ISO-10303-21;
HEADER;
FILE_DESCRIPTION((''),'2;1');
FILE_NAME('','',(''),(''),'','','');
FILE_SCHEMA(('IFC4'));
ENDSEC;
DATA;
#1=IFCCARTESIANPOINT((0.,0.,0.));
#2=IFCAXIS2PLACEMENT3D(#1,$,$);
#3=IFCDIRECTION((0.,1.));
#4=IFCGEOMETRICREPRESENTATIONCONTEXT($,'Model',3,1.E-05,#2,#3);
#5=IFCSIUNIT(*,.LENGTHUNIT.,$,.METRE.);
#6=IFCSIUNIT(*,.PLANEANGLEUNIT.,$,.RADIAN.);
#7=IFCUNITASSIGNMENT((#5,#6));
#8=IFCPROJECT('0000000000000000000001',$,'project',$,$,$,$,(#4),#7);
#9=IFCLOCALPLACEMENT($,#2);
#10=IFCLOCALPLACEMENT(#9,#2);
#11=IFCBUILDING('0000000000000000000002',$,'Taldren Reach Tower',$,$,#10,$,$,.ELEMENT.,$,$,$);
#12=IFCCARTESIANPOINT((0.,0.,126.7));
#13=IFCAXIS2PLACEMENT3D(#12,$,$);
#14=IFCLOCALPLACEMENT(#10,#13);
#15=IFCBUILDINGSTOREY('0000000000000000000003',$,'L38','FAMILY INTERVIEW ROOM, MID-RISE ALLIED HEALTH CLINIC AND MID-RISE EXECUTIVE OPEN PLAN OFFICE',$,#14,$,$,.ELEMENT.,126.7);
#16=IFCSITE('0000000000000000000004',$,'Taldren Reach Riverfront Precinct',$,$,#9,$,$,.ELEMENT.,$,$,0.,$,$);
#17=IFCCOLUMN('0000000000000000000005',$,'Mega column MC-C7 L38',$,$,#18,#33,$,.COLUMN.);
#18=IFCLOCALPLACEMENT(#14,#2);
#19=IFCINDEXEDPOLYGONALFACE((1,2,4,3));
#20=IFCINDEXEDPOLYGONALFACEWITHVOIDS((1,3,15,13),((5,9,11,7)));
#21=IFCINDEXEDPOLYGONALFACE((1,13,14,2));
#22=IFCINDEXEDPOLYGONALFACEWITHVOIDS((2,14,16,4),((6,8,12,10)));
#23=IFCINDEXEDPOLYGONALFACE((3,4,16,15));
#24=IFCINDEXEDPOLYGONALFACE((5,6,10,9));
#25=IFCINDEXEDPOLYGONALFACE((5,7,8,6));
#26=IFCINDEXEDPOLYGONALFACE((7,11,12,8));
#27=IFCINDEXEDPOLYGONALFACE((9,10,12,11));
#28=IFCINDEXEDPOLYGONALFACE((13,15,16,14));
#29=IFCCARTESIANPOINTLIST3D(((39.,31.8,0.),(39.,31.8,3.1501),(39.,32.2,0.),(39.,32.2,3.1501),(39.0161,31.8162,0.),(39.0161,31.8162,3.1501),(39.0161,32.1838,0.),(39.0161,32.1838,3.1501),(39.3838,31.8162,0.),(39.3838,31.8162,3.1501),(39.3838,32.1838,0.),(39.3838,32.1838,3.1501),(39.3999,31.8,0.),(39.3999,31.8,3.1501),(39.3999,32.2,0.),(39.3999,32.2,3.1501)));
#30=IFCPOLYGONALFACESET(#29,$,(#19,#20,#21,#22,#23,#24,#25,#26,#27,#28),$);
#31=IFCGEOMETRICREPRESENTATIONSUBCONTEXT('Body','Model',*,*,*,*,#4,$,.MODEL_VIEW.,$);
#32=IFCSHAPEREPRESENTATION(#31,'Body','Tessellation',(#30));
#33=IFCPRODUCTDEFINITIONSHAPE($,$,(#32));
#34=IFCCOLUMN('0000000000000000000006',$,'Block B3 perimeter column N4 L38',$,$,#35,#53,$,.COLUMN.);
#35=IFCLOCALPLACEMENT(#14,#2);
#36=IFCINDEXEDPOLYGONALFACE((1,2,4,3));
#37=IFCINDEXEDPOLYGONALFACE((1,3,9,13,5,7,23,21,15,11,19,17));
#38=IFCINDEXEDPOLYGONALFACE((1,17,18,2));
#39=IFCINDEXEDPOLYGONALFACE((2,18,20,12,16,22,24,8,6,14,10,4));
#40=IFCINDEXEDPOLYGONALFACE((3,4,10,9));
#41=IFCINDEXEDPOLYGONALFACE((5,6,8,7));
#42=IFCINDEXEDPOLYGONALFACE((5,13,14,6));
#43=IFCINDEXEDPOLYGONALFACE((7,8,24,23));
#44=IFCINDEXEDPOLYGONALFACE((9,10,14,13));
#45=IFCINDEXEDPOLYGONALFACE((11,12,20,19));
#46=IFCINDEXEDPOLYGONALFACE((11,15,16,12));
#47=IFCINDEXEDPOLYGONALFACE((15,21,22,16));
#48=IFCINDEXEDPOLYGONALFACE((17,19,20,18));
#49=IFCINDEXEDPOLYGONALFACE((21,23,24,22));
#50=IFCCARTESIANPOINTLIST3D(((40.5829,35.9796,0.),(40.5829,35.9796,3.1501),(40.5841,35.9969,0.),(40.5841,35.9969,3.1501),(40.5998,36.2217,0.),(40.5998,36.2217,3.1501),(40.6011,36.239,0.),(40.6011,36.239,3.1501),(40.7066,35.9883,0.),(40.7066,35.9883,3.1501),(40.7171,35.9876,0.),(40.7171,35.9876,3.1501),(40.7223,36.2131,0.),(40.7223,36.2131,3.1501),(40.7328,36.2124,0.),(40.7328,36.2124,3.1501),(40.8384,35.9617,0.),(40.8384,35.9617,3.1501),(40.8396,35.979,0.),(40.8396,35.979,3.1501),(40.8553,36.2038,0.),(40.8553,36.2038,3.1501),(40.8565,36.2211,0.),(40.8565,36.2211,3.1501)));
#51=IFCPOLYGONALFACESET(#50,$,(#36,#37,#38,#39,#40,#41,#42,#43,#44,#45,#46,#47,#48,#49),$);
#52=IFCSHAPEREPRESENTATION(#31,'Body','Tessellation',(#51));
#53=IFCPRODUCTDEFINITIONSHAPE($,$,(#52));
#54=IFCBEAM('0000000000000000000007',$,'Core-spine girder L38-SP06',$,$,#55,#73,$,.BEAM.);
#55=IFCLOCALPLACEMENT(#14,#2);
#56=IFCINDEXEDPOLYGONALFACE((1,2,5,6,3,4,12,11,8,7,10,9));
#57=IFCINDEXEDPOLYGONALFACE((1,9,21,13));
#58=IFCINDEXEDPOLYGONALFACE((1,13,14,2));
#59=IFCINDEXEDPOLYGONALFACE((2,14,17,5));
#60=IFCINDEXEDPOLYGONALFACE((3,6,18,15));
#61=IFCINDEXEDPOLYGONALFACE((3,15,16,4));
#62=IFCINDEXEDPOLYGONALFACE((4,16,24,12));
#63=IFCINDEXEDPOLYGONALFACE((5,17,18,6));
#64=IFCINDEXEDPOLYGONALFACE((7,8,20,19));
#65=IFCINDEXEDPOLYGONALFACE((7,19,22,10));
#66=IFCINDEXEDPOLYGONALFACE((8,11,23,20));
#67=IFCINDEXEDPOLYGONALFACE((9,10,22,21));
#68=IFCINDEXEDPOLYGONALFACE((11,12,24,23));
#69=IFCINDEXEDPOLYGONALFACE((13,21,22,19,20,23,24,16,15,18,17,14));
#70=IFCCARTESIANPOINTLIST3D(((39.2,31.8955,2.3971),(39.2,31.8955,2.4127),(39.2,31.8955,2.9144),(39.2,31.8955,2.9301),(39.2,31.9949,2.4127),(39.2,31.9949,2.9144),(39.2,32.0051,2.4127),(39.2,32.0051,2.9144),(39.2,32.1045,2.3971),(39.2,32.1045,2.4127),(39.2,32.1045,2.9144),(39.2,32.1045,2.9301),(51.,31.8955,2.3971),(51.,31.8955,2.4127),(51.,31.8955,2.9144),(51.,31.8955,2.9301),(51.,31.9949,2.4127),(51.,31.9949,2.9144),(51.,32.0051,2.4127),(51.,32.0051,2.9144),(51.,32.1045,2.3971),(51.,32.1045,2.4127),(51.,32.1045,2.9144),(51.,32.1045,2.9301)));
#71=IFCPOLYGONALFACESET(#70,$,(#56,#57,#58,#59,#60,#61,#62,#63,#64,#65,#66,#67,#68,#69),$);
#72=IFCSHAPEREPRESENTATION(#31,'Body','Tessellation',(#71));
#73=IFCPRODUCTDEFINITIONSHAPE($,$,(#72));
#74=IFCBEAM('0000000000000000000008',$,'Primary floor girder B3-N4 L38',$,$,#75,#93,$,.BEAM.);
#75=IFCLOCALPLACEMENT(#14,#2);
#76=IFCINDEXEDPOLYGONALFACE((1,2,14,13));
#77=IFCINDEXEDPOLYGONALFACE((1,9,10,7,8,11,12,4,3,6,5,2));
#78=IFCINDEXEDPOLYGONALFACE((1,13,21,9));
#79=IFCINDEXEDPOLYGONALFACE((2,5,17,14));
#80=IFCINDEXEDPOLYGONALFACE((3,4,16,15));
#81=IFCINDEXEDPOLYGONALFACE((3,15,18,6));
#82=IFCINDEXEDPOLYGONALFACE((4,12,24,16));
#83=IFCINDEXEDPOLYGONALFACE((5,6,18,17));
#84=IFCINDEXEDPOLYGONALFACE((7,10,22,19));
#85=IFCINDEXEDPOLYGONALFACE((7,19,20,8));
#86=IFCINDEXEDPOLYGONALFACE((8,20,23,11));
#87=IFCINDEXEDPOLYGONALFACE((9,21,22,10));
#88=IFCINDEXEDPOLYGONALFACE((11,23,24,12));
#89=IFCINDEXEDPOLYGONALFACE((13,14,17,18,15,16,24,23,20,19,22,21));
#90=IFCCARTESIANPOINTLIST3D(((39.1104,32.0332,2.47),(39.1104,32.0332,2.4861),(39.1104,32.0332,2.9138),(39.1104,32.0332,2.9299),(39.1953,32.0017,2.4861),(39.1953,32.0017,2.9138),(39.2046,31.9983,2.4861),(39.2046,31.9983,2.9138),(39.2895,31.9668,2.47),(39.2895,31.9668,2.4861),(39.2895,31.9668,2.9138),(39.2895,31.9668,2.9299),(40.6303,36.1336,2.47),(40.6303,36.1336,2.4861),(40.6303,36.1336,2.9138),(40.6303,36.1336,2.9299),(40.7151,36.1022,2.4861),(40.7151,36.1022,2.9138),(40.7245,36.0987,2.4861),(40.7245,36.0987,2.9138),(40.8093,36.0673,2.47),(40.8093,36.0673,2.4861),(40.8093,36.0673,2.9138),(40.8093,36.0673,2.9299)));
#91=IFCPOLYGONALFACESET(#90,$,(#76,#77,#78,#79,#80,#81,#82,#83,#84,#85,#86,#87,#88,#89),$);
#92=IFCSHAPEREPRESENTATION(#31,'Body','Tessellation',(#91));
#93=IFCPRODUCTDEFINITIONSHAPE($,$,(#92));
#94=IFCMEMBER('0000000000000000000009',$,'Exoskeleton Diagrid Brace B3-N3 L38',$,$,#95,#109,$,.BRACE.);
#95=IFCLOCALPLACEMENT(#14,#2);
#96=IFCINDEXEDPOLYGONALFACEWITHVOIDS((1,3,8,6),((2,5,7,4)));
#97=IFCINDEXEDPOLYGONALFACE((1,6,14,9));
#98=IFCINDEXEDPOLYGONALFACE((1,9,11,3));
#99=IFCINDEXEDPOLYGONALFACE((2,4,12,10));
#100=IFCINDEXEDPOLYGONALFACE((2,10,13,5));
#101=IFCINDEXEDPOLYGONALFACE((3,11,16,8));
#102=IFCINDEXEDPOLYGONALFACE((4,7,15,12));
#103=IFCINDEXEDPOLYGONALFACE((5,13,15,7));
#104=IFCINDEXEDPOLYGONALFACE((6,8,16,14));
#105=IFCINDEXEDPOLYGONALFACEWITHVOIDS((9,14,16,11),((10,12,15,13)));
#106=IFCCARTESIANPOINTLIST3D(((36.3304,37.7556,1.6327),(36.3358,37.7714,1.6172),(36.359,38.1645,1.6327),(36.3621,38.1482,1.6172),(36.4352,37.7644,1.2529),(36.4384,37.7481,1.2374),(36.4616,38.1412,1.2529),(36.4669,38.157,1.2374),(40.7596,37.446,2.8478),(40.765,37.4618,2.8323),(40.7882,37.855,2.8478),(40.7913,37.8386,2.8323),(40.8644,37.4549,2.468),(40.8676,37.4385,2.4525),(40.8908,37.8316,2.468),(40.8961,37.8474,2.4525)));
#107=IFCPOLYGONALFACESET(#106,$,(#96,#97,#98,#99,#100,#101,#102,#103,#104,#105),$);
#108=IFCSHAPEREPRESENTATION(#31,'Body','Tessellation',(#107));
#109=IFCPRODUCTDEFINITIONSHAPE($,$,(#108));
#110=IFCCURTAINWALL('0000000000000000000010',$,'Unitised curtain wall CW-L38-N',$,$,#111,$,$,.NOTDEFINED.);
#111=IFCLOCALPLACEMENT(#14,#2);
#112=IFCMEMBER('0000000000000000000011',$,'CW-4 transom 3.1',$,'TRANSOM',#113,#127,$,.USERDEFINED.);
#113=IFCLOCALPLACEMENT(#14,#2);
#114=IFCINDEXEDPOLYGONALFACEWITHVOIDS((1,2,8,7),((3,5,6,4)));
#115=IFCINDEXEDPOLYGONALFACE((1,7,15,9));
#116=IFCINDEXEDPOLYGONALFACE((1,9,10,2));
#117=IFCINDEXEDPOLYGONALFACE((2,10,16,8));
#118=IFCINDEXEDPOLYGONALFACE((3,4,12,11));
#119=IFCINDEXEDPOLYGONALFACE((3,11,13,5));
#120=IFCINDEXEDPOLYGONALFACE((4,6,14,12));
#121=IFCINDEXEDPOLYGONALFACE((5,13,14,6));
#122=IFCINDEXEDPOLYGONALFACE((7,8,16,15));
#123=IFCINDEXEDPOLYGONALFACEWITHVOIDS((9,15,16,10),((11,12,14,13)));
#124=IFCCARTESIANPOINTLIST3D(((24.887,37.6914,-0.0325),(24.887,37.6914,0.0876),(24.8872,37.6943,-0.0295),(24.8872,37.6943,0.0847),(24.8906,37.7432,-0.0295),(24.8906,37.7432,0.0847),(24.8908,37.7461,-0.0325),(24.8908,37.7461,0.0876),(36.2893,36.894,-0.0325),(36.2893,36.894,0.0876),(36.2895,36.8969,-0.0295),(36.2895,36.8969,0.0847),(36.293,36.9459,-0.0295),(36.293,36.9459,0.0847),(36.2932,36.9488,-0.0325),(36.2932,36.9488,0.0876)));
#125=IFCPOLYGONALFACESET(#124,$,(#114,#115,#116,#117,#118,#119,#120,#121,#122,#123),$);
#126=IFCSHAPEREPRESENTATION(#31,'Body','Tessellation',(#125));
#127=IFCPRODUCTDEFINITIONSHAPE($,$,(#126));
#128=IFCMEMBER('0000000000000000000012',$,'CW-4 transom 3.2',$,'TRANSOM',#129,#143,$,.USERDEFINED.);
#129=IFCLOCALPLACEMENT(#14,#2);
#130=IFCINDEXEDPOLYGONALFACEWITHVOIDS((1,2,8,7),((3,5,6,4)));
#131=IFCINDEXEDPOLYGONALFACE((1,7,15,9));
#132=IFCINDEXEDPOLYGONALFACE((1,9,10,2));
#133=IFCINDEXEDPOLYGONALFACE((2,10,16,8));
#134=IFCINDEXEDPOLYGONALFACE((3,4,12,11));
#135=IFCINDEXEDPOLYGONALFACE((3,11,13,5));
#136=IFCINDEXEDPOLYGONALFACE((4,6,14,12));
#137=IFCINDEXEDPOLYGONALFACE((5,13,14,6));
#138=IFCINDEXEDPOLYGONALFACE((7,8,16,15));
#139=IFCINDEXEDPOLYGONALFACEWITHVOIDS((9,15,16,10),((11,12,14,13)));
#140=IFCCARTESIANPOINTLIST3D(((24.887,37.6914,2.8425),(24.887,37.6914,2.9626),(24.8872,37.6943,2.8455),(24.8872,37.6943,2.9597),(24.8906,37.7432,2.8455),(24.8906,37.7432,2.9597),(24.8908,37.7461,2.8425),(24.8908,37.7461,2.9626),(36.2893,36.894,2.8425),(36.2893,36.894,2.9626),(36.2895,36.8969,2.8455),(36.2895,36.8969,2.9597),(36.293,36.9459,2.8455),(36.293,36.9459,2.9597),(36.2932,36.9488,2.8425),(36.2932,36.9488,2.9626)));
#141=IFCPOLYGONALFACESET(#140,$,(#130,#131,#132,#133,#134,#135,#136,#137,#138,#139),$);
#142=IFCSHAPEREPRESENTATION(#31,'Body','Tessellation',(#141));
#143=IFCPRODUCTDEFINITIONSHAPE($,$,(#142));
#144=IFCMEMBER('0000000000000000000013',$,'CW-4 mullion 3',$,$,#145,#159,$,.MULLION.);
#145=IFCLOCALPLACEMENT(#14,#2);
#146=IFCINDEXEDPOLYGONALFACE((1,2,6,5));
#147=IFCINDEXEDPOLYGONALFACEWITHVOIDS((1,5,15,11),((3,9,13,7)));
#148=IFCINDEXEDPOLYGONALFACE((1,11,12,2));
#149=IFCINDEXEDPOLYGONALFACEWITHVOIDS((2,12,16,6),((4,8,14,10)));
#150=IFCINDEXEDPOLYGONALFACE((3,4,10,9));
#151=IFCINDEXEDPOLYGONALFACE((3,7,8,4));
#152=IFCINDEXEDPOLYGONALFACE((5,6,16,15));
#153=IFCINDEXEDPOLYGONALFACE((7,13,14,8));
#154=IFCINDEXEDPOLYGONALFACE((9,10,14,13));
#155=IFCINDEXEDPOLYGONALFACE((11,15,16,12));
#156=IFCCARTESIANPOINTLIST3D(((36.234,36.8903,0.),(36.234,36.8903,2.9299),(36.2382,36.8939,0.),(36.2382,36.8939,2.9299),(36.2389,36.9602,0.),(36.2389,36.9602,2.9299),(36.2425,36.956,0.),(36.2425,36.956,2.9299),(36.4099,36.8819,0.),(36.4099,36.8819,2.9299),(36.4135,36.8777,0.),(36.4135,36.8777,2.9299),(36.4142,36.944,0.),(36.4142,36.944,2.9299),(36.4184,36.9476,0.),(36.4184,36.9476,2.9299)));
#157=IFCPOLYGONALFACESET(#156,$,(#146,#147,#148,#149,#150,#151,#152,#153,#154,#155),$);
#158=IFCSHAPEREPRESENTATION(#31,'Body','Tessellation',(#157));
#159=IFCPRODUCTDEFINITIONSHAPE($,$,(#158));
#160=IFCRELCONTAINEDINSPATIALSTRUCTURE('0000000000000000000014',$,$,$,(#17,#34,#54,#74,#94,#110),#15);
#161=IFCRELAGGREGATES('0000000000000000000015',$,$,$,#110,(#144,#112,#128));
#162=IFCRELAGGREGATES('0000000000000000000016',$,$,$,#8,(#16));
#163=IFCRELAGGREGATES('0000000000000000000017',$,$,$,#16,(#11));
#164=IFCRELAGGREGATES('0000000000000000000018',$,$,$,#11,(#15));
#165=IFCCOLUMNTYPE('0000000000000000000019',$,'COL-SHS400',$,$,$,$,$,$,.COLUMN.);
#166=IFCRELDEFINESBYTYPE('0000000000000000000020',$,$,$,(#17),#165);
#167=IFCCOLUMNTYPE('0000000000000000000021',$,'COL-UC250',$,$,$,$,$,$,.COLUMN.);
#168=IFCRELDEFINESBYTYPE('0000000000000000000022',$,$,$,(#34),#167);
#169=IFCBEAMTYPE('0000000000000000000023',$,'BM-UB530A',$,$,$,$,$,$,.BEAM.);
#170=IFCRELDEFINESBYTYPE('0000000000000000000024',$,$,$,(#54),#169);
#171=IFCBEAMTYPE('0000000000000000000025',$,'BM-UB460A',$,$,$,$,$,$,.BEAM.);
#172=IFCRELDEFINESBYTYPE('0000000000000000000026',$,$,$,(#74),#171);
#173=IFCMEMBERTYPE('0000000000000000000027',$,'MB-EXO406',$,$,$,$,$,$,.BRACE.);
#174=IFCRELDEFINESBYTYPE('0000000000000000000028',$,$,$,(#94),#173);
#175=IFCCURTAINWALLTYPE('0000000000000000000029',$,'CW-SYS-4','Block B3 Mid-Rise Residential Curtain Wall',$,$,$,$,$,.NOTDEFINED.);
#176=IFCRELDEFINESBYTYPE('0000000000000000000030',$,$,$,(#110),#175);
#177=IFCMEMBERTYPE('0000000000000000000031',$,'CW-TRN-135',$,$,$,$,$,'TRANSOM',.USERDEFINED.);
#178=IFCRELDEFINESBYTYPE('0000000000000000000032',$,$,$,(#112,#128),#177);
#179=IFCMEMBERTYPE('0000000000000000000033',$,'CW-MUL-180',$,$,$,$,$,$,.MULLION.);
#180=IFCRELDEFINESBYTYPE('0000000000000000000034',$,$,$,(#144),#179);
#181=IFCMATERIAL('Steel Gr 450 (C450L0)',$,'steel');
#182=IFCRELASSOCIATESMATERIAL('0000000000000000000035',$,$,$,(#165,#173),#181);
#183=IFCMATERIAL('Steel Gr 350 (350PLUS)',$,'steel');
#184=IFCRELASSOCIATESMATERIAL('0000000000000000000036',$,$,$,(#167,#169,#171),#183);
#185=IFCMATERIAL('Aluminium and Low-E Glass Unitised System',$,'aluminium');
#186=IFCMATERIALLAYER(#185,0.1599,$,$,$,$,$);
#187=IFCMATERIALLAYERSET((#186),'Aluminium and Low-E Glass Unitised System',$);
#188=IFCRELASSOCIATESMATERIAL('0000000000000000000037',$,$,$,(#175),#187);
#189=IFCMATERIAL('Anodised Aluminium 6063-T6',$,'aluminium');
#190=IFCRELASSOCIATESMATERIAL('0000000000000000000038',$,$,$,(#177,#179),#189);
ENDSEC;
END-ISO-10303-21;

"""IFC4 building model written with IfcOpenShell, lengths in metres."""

from ifc_helpers import new_model, si_unit, direction, frame, origin, origin_2d, place, context, subcontext, project, spatial, hollow_rectangle, i_section, extrude, source, transform, mapped, material, layer, layer_set, material_profile, profile_set, type_object, element, aggregate, save


model = new_model("IFC4")

# Units and contexts
model_context = context("Model", 3, precision=1e-05, world=origin(), true_north=direction((0.0, 1.0)))
body_context = subcontext(model_context, "Body", "Model", "MODEL_VIEW")
ifc_project = project(units=[si_unit("LENGTHUNIT", "METRE"), si_unit("PLANEANGLEUNIT", "RADIAN")], contexts=[model_context])

# Site, building, storey
site_placement = place(None, origin())
site = spatial("IfcSite", under=ifc_project, at=site_placement, Name="Taldren Reach Riverfront Precinct", CompositionType="ELEMENT", RefElevation=0.0)
building_placement = place(site_placement, origin())
building = spatial("IfcBuilding", under=site, at=building_placement, Name="Taldren Reach Tower", CompositionType="ELEMENT")
storey_placement = place(building_placement, frame((0.0, 0.0, 126.7)))
storey = spatial("IfcBuildingStorey", under=building, at=storey_placement, Name="L38", Description="FAMILY INTERVIEW ROOM, MID-RISE ALLIED HEALTH CLINIC AND MID-RISE EXECUTIVE OPEN PLAN OFFICE", CompositionType="ELEMENT", Elevation=126.7)

# Columns
ifc_material_1 = material(Name="Steel Gr 450 (C450L0)", Category="steel")
ifc_material_profile_1 = material_profile(ifc_material_1, hollow_rectangle(XDim=0.3999, YDim=0.3999, WallThickness=0.0161, at=origin_2d()), Name="400x400x16.0SHS")
ifc_profile_set_1 = profile_set([ifc_material_profile_1], Name="Steel Gr 450 (C450L0)")
column_type_1 = type_object("IfcColumnType", Name="COL-SHS400", PredefinedType="COLUMN", material=ifc_profile_set_1)
shared_shape_1 = source(origin(), body_context, "Body", "SweptSolid", [
    extrude(hollow_rectangle(XDim=0.3999, YDim=0.3999, WallThickness=0.0161, at=origin_2d()), origin(), (0.0, 0.0, 1.0), 3.1501),
])
column_1_placement = place(storey_placement, frame((39.2, 32.0, 0.0), z_axis=(0.0, 0.0, 1.0), x_axis=(1.0, 0.0, 0.0)))
element("IfcColumn", 1, at=column_1_placement, inside=storey, type_object=column_type_1, Name="Mega column MC-C7 L38", PredefinedType="COLUMN", context=body_context, shape_type="MappedRepresentation", body=[
    mapped(shared_shape_1, transform((0.0, 0.0, 0.0), scale=1.0)),
])
ifc_material_2 = material(Name="Steel Gr 350 (350PLUS)", Category="steel")
ifc_material_profile_2 = material_profile(ifc_material_2, i_section(OverallWidth=0.2561, OverallDepth=0.26, WebThickness=0.0105, FlangeThickness=0.0173, at=origin_2d()), Name="250UC89.5")
ifc_profile_set_2 = profile_set([ifc_material_profile_2], Name="Steel Gr 350 (350PLUS)")
column_type_2 = type_object("IfcColumnType", Name="COL-UC250", PredefinedType="COLUMN", material=ifc_profile_set_2)
shared_shape_2 = source(origin(), body_context, "Body", "SweptSolid", [
    extrude(i_section(OverallWidth=0.2561, OverallDepth=0.26, WebThickness=0.0105, FlangeThickness=0.0173, at=origin_2d()), origin(), (0.0, 0.0, 1.0), 3.1501),
])
column_2_placement = place(storey_placement, frame((40.7197, 36.1003, 0.0), z_axis=(0.0, 0.0, 1.0), x_axis=(0.997564, -0.069756, 0.0)))
element("IfcColumn", 2, at=column_2_placement, inside=storey, type_object=column_type_2, Name="Block B3 perimeter column N4 L38", PredefinedType="COLUMN", context=body_context, shape_type="MappedRepresentation", body=[
    mapped(shared_shape_2, transform((0.0, 0.0, 0.0), scale=1.0)),
])

# Beams
ifc_material_profile_3 = material_profile(ifc_material_2, i_section(OverallWidth=0.209, OverallDepth=0.533, WebThickness=0.0103, FlangeThickness=0.0156, at=origin_2d()), Name="530UB92.4")
ifc_profile_set_3 = profile_set([ifc_material_profile_3], Name="Steel Gr 350 (350PLUS)")
beam_type_1 = type_object("IfcBeamType", Name="BM-UB530A", PredefinedType="BEAM", material=ifc_profile_set_3)
shared_shape_3 = source(origin(), body_context, "Body", "SweptSolid", [
    extrude(i_section(OverallWidth=0.209, OverallDepth=0.533, WebThickness=0.0103, FlangeThickness=0.0156, at=origin_2d()), origin(), (0.0, 0.0, 1.0), 11.8),
])
beam_1_placement = place(storey_placement, frame((39.2, 32.0, 2.6636), z_axis=(1.0, 0.0, 0.0), x_axis=(0.0, 1.0, 0.0)))
element("IfcBeam", 3, at=beam_1_placement, inside=storey, type_object=beam_type_1, Name="Core-spine girder L38-SP06", PredefinedType="BEAM", context=body_context, shape_type="MappedRepresentation", body=[
    mapped(shared_shape_3, transform((0.0, 0.0, 0.0), scale=1.0)),
])
ifc_material_profile_4 = material_profile(ifc_material_2, i_section(OverallWidth=0.1909, OverallDepth=0.46, WebThickness=0.01, FlangeThickness=0.0161, at=origin_2d()), Name="460UB82.1")
ifc_profile_set_4 = profile_set([ifc_material_profile_4], Name="Steel Gr 350 (350PLUS)")
beam_type_2 = type_object("IfcBeamType", Name="BM-UB460A", PredefinedType="BEAM", material=ifc_profile_set_4)
shared_shape_4 = source(origin(), body_context, "Body", "SweptSolid", [
    extrude(i_section(OverallWidth=0.1909, OverallDepth=0.46, WebThickness=0.01, FlangeThickness=0.0161, at=origin_2d()), origin(), (0.0, 0.0, 1.0), 4.373),
])
beam_2_placement = place(storey_placement, frame((39.2, 32.0, 2.7), z_axis=(0.347542, 0.937665, 0.0), x_axis=(-0.937665, 0.347542, 0.0)))
element("IfcBeam", 4, at=beam_2_placement, inside=storey, type_object=beam_type_2, Name="Primary floor girder B3-N4 L38", PredefinedType="BEAM", context=body_context, shape_type="MappedRepresentation", body=[
    mapped(shared_shape_4, transform((0.0, 0.0, 0.0), scale=1.0)),
])

# Member
ifc_material_profile_5 = material_profile(ifc_material_1, hollow_rectangle(XDim=0.4099, YDim=0.4099, WallThickness=0.0161, at=origin_2d()), Name="410x410x16.0SHS")
ifc_profile_set_5 = profile_set([ifc_material_profile_5], Name="Steel Gr 450 (C450L0)")
member_type_1 = type_object("IfcMemberType", Name="MB-EXO406", PredefinedType="BRACE", material=ifc_profile_set_5)
shared_shape_5 = source(origin(), body_context, "Body", "SweptSolid", [
    extrude(hollow_rectangle(XDim=0.4099, YDim=0.4099, WallThickness=0.0161, at=origin_2d()), origin(), (0.0, 0.0, 1.0), 4.6033),
])
member_1_placement = place(storey_placement, frame((36.3987, 37.9563, 1.4351), z_axis=(0.962186, -0.06725, 0.263962), x_axis=(0.069723, 0.997566, 0.0)))
element("IfcMember", 5, at=member_1_placement, inside=storey, type_object=member_type_1, Name="Exoskeleton Diagrid Brace B3-N3 L38", PredefinedType="BRACE", context=body_context, shape_type="MappedRepresentation", body=[
    mapped(shared_shape_5, transform((0.0, 0.0, 0.0), scale=1.0)),
])

# Curtain wall, members
ifc_material_3 = material(Name="Aluminium and Low-E Glass Unitised System", Category="aluminium")
ifc_layer_1 = layer(ifc_material_3, 0.1599)
ifc_layer_set_1 = layer_set([ifc_layer_1], Name="Aluminium and Low-E Glass Unitised System")
curtain_wall_type = type_object("IfcCurtainWallType", Name="CW-SYS-4", Description="Block B3 Mid-Rise Residential Curtain Wall", PredefinedType="NOTDEFINED", material=ifc_layer_set_1)
curtain_wall_placement = place(storey_placement, origin())
curtain_wall = element("IfcCurtainWall", 6, at=curtain_wall_placement, inside=storey, type_object=curtain_wall_type, Name="Unitised curtain wall CW-L38-N", PredefinedType="NOTDEFINED")
ifc_material_4 = material(Name="Anodised Aluminium 6063-T6", Category="aluminium")
ifc_material_profile_6 = material_profile(ifc_material_4, hollow_rectangle(XDim=0.0549, YDim=0.1201, WallThickness=0.0029, at=origin_2d()), Name="ALU-120x55x3RHS")
ifc_profile_set_6 = profile_set([ifc_material_profile_6], Name="Anodised Aluminium 6063-T6")
member_type_2 = type_object("IfcMemberType", Name="CW-TRN-135", ElementType="TRANSOM", PredefinedType="USERDEFINED", material=ifc_profile_set_6)
shared_shape_6 = source(origin(), body_context, "Body", "SweptSolid", [
    extrude(hollow_rectangle(XDim=0.0549, YDim=0.1201, WallThickness=0.0029, at=origin_2d()), origin(), (0.0, 0.0, 1.0), 11.4302),
])
member_2_placement = place(storey_placement, frame((36.2913, 36.9214, 0.0276), z_axis=(-0.997564, 0.069759, 0.0), x_axis=(-0.069759, -0.997564, 0.0)))
member_2 = element("IfcMember", 7, at=member_2_placement, type_object=member_type_2, Name="CW-4 transom 3.1", ObjectType="TRANSOM", PredefinedType="USERDEFINED", context=body_context, shape_type="MappedRepresentation", body=[
    mapped(shared_shape_6, transform((0.0, 0.0, 0.0), scale=1.0)),
])
member_3_placement = place(storey_placement, frame((36.2913, 36.9214, 2.9026), z_axis=(-0.997564, 0.069759, 0.0), x_axis=(-0.069759, -0.997564, 0.0)))
member_3 = element("IfcMember", 8, at=member_3_placement, type_object=member_type_2, Name="CW-4 transom 3.2", ObjectType="TRANSOM", PredefinedType="USERDEFINED", context=body_context, shape_type="MappedRepresentation", body=[
    mapped(shared_shape_6, transform((0.0, 0.0, 0.0), scale=1.0)),
])
ifc_material_profile_7 = material_profile(ifc_material_4, hollow_rectangle(XDim=0.0701, YDim=0.1799, WallThickness=0.0039, at=origin_2d()), Name="ALU-180x70x4RHS")
ifc_profile_set_7 = profile_set([ifc_material_profile_7], Name="Anodised Aluminium 6063-T6")
member_type_3 = type_object("IfcMemberType", Name="CW-MUL-180", PredefinedType="MULLION", material=ifc_profile_set_7)
shared_shape_7 = source(origin(), body_context, "Body", "SweptSolid", [
    extrude(hollow_rectangle(XDim=0.0701, YDim=0.1799, WallThickness=0.0039, at=origin_2d()), origin(), (0.0, 0.0, 1.0), 2.9299),
])
member_4_placement = place(storey_placement, frame((36.3262, 36.9189, 0.0), z_axis=(0.0, 0.0, 1.0), x_axis=(-0.069757, -0.997564, 0.0)))
member_4 = element("IfcMember", 9, at=member_4_placement, type_object=member_type_3, Name="CW-4 mullion 3", PredefinedType="MULLION", context=body_context, shape_type="MappedRepresentation", body=[
    mapped(shared_shape_7, transform((0.0, 0.0, 0.0), scale=1.0)),
])
aggregate(curtain_wall, [member_4, member_2, member_3])

save(model, "model.ifc")
